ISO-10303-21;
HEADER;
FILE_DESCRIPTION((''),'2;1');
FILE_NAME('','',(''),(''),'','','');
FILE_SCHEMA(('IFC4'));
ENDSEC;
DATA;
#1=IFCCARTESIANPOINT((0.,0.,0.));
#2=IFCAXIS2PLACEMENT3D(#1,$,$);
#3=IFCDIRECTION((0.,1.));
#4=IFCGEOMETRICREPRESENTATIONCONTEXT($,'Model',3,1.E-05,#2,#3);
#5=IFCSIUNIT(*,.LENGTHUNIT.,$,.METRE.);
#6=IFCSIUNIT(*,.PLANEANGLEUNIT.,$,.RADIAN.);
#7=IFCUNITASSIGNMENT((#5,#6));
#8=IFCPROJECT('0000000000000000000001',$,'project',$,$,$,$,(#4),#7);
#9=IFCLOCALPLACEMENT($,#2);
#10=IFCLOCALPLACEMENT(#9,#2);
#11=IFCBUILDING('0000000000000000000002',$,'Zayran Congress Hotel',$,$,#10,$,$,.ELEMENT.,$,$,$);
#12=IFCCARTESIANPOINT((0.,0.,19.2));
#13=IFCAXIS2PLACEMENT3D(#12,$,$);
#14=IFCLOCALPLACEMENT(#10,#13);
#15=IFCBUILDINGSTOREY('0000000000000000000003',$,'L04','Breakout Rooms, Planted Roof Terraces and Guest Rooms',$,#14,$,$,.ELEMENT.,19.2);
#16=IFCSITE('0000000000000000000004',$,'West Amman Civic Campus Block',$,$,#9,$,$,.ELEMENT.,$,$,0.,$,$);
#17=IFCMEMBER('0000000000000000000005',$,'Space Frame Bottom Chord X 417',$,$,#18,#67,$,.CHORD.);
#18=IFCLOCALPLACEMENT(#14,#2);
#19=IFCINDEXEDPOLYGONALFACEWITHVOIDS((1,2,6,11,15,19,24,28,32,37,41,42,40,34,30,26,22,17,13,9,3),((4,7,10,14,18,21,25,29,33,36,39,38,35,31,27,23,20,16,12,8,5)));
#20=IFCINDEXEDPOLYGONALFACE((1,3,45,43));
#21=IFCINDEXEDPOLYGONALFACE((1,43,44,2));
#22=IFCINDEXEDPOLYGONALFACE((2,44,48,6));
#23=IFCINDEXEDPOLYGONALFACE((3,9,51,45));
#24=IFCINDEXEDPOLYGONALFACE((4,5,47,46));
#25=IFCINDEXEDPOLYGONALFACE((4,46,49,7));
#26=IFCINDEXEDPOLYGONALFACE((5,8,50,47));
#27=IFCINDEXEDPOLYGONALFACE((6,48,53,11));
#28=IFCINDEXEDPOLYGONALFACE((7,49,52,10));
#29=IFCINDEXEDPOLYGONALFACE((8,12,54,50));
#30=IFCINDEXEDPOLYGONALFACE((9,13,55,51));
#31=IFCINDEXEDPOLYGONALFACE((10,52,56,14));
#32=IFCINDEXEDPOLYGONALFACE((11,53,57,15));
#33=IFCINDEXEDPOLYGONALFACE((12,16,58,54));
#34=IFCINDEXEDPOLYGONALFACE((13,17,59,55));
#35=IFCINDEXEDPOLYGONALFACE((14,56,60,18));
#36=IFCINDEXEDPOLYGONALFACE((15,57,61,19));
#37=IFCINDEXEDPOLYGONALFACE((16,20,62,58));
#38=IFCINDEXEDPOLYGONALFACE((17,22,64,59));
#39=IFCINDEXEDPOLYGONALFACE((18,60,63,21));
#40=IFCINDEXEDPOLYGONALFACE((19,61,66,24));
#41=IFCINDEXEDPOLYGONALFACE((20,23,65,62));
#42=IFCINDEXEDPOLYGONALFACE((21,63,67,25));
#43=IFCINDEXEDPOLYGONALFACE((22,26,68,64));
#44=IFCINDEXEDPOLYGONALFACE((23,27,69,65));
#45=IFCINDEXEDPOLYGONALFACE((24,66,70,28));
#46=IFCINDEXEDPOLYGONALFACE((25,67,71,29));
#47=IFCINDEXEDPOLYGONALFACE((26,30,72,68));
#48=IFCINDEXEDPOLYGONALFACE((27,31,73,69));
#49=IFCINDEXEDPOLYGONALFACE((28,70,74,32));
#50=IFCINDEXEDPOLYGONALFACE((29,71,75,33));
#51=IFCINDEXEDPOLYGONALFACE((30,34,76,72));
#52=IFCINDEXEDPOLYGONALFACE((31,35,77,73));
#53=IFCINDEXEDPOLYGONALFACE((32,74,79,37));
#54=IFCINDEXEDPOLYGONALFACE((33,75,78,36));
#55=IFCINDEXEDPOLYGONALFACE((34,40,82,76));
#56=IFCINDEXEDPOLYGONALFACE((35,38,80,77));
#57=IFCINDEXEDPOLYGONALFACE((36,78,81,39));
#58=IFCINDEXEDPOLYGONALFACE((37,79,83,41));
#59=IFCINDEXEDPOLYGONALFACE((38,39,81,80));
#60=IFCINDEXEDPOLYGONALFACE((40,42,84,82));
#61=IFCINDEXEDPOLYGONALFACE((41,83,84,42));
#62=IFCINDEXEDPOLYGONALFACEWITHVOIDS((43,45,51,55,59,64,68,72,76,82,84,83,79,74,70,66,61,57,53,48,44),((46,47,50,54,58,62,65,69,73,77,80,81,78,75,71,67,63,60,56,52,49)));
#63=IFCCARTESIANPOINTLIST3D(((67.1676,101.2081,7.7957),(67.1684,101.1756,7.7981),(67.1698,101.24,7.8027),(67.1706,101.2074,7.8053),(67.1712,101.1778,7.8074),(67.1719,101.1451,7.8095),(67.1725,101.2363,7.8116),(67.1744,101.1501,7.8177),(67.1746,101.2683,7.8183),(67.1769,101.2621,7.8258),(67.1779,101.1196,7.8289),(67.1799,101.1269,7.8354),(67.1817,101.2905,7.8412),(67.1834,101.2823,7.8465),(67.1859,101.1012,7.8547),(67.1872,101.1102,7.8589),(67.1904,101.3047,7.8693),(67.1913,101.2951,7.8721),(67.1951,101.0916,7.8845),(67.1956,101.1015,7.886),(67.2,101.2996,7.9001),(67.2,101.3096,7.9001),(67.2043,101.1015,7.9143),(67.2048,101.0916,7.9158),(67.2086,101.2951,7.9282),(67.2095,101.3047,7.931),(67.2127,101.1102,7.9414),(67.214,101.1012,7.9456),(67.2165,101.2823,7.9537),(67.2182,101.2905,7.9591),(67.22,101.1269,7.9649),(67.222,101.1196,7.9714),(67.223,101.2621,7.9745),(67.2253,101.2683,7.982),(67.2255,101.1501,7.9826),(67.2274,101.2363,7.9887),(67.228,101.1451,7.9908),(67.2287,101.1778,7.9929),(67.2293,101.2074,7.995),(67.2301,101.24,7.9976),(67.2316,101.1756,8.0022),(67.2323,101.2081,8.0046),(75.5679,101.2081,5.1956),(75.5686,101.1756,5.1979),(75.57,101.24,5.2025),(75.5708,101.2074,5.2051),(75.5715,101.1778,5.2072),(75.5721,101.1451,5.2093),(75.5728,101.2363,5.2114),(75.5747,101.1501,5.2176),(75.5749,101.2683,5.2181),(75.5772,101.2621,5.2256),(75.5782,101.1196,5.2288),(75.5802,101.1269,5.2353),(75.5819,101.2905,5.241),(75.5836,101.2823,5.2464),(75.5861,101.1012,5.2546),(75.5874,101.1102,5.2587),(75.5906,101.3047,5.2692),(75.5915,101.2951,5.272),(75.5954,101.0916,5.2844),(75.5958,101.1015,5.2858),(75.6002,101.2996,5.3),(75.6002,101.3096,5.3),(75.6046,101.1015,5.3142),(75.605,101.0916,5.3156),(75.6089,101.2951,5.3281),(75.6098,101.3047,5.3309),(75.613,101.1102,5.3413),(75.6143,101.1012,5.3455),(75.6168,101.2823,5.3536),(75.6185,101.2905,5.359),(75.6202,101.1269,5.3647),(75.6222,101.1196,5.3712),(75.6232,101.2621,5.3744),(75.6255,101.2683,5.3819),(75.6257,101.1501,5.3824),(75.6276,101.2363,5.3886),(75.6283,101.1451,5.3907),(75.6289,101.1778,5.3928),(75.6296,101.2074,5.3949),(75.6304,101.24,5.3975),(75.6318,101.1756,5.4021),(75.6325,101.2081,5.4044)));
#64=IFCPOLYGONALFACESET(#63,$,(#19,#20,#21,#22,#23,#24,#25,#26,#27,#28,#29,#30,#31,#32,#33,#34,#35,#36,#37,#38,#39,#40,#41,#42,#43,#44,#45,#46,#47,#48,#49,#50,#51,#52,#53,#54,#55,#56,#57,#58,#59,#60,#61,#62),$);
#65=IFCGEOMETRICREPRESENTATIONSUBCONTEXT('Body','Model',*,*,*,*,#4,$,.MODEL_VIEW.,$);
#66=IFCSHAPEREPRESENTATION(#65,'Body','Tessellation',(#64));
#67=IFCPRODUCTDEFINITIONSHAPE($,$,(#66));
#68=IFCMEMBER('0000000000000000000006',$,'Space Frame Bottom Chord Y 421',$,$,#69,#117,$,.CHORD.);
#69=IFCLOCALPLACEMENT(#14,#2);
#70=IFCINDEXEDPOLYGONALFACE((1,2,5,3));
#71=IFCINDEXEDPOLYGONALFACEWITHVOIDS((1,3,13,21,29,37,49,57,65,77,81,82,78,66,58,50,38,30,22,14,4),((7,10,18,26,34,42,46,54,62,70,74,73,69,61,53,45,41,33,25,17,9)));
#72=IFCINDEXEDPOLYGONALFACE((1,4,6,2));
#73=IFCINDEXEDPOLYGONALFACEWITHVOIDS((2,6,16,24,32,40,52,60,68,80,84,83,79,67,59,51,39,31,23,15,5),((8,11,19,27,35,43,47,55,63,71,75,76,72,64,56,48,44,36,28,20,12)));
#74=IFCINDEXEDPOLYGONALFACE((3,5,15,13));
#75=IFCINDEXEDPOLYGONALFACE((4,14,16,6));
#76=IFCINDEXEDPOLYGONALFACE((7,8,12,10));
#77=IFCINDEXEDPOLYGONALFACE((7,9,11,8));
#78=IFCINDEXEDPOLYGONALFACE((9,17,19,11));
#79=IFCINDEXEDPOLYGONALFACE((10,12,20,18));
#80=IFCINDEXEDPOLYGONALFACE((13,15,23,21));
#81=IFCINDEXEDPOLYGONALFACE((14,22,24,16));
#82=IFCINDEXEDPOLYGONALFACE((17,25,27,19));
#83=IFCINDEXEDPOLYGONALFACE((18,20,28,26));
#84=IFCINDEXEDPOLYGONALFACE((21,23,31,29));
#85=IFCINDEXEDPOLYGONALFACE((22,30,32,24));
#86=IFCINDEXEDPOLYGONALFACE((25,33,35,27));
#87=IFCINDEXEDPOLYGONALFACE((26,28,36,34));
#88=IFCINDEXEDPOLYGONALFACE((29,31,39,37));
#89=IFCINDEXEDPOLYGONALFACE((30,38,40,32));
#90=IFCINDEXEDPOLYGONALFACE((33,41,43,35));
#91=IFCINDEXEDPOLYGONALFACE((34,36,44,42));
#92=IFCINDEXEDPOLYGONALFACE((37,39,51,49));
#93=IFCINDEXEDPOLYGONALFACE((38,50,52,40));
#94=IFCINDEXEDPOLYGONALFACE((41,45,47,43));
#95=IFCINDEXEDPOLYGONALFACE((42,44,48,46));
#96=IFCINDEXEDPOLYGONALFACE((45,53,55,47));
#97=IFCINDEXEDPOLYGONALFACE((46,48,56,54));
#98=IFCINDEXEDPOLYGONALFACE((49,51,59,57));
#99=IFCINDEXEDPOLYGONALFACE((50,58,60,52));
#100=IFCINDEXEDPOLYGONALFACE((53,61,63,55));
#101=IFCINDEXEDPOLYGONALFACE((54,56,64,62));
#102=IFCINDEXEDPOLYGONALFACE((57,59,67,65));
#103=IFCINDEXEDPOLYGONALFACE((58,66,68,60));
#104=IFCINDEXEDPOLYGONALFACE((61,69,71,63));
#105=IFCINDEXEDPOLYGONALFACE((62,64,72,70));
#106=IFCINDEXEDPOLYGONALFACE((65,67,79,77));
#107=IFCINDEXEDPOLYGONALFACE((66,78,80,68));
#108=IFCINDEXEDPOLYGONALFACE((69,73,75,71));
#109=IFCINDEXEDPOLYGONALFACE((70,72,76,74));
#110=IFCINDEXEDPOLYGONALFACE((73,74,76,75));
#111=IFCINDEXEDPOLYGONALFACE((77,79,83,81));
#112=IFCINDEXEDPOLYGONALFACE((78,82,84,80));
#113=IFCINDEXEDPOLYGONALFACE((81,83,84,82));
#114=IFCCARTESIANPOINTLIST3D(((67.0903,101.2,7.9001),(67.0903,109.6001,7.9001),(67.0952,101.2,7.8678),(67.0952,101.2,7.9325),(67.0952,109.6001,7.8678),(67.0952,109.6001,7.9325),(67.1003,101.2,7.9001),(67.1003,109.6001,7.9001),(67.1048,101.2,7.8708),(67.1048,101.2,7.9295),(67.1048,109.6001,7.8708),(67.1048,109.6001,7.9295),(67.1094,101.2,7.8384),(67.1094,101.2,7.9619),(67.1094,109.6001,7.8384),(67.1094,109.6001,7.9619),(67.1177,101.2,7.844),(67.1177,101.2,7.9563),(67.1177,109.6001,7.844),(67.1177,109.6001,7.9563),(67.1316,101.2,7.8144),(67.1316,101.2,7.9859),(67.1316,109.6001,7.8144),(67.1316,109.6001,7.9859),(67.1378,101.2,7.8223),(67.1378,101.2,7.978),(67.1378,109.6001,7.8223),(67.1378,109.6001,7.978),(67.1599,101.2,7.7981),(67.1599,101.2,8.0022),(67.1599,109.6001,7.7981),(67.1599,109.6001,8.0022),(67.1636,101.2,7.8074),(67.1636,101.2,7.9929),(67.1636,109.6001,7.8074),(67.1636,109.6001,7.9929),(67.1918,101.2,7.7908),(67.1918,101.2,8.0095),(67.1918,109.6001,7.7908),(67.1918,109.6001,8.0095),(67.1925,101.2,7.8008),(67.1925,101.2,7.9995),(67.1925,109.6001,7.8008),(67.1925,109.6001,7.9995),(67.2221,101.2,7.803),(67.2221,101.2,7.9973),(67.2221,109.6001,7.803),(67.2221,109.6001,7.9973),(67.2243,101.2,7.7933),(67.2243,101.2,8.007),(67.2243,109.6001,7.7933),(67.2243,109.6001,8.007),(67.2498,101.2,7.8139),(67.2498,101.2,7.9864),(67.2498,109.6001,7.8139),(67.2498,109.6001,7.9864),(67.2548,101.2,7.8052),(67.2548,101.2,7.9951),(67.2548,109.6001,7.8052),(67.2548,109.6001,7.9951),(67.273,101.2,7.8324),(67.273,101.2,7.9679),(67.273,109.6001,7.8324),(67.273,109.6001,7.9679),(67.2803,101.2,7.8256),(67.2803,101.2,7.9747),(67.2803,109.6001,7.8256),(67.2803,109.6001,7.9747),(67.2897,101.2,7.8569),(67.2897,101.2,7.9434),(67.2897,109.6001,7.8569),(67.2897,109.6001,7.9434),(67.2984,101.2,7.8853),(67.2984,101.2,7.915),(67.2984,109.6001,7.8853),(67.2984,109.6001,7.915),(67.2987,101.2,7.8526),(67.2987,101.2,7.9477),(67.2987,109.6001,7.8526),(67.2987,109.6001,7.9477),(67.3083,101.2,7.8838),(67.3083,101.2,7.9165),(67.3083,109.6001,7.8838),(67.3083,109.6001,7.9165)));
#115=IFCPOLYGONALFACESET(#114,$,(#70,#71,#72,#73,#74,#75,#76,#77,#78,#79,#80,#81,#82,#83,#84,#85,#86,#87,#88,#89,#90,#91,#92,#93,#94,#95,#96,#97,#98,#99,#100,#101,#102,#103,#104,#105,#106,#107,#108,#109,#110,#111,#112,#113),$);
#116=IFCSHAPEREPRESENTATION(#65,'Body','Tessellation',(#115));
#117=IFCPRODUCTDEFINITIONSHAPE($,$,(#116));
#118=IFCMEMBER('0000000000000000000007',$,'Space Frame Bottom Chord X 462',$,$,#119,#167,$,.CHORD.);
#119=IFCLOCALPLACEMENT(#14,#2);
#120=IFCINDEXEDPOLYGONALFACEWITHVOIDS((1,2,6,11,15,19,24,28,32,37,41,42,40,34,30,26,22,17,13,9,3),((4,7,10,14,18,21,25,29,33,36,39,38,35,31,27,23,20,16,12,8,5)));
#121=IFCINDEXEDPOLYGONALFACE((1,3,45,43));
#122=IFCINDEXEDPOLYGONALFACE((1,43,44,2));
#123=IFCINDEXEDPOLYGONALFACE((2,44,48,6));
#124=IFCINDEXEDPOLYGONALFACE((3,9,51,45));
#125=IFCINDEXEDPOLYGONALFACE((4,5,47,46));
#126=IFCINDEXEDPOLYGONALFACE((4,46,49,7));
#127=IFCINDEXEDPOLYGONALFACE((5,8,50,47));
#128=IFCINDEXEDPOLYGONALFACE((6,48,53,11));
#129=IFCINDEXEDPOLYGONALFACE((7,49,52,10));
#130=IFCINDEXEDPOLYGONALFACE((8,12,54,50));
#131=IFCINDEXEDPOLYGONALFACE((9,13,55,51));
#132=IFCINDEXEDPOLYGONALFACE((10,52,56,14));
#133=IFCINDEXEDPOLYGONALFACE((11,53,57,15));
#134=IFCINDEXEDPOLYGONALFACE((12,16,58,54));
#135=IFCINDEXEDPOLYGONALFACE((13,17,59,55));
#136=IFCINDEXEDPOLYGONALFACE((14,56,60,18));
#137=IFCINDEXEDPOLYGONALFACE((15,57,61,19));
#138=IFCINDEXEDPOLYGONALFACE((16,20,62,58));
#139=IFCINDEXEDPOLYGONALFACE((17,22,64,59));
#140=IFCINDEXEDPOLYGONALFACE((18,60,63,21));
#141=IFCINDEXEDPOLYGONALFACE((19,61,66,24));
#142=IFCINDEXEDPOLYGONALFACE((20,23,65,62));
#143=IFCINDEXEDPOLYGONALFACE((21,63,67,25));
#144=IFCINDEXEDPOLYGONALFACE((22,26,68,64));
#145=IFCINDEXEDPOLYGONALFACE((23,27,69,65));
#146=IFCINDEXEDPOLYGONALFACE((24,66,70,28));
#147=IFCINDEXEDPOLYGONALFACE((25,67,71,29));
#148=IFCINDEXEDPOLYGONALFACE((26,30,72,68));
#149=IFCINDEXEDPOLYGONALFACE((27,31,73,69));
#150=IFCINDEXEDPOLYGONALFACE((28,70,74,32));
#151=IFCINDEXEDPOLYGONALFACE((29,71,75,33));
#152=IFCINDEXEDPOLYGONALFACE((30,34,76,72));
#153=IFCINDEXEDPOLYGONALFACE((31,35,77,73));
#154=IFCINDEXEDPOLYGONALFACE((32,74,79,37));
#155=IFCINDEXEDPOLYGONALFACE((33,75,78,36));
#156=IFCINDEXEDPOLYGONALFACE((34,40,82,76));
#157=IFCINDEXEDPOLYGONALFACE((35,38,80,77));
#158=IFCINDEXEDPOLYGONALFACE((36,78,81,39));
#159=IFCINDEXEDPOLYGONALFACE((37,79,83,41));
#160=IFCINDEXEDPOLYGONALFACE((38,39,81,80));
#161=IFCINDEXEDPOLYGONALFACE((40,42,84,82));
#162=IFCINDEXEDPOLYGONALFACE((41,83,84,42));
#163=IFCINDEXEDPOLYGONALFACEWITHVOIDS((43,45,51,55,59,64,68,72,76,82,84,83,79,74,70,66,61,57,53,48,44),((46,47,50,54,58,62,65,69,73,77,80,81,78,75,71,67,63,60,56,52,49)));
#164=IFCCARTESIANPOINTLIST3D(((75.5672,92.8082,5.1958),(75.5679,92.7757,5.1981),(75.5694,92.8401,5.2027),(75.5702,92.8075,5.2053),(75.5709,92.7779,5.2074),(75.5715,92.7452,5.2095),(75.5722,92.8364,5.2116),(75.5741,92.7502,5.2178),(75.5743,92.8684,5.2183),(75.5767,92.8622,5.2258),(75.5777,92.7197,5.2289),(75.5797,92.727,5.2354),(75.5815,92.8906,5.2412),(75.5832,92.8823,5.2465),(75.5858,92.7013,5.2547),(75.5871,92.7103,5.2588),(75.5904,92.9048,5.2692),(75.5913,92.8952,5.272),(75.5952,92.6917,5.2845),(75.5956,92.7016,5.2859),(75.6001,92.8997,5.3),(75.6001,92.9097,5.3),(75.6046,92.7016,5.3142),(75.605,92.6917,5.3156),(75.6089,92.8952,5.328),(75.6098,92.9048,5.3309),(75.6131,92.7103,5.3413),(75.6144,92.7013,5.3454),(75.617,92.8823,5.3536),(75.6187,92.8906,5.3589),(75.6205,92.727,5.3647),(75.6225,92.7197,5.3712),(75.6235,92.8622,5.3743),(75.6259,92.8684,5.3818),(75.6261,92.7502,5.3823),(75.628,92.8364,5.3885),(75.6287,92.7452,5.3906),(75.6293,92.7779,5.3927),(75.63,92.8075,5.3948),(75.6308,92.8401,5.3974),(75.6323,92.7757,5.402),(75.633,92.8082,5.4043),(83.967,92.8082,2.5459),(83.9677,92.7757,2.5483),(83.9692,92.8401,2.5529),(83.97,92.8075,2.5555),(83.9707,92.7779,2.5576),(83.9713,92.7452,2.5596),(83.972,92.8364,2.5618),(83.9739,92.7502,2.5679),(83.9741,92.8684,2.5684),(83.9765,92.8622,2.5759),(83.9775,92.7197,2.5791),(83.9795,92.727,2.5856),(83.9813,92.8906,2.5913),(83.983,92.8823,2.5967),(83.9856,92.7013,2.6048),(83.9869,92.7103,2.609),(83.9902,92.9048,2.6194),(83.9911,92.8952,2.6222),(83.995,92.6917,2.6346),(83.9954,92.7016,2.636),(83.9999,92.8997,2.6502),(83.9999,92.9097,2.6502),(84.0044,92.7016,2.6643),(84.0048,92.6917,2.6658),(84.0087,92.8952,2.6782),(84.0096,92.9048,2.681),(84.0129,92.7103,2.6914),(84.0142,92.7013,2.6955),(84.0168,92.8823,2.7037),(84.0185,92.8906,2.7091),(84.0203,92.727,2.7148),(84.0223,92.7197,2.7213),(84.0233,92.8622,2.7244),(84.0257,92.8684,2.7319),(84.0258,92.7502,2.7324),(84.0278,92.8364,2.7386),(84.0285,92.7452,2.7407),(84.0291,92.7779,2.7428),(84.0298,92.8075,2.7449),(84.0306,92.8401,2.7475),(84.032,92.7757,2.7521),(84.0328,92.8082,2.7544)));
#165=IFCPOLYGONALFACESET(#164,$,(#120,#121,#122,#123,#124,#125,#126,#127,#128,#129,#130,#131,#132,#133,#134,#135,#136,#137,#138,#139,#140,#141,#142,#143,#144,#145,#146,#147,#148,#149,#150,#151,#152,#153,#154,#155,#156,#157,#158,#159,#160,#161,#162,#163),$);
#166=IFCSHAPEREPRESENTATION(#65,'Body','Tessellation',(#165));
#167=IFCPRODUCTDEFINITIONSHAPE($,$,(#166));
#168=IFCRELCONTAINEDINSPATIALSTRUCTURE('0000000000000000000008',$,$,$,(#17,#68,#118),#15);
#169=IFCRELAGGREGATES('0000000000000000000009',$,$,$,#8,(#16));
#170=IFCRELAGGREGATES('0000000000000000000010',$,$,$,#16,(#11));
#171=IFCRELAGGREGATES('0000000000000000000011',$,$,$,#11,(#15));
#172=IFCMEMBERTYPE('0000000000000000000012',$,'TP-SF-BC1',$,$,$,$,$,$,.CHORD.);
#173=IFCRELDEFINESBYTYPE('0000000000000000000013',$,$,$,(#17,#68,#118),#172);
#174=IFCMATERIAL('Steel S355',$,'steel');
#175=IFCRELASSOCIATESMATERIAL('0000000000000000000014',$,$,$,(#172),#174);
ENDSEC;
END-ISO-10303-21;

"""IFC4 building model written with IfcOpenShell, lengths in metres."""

from ifc_helpers import new_model, si_unit, direction, frame, origin, origin_2d, place, context, subcontext, project, spatial, hollow_circle, extrude, material, material_profile, profile_set, type_object, element, save


model = new_model("IFC4")

# Units and contexts
model_context = context("Model", 3, precision=1e-05, world=origin(), true_north=direction((0.0, 1.0)))
body_context = subcontext(model_context, "Body", "Model", "MODEL_VIEW")
ifc_project = project(units=[si_unit("LENGTHUNIT", "METRE"), si_unit("PLANEANGLEUNIT", "RADIAN")], contexts=[model_context])

# Site, building, storey
site_placement = place(None, origin())
site = spatial("IfcSite", under=ifc_project, at=site_placement, Name="West Amman Civic Campus Block", CompositionType="ELEMENT", RefElevation=0.0)
building_placement = place(site_placement, origin())
building = spatial("IfcBuilding", under=site, at=building_placement, Name="Zayran Congress Hotel", CompositionType="ELEMENT")
storey_placement = place(building_placement, frame((0.0, 0.0, 19.2)))
storey = spatial("IfcBuildingStorey", under=building, at=storey_placement, Name="L04", Description="Breakout Rooms, Planted Roof Terraces and Guest Rooms", CompositionType="ELEMENT", Elevation=19.2)

# Members
ifc_material_1 = material(Name="Steel S355", Category="steel")
ifc_material_profile_1 = material_profile(ifc_material_1, hollow_circle(Radius=0.1096, WallThickness=0.01, at=origin_2d()), Name="CHS 219.1x10")
ifc_profile_set_1 = profile_set([ifc_material_profile_1], Name="Steel S355")
member_type_1 = type_object("IfcMemberType", Name="TP-SF-BC1", PredefinedType="CHORD", material=ifc_profile_set_1)
member_1_placement = place(storey_placement, frame((67.2, 101.2, 7.9001), z_axis=(0.955284, 0.0, -0.295689), x_axis=(0.0, 1.0, 0.0)))
element("IfcMember", 1, at=member_1_placement, inside=storey, type_object=member_type_1, Name="Space Frame Bottom Chord X 417", PredefinedType="CHORD", context=body_context, shape_type="SweptSolid", body=[
    extrude(hollow_circle(Radius=0.1096, WallThickness=0.01, at=origin_2d()), origin(), (0.0, 0.0, 1.0), 8.7935),
])
member_2_placement = place(storey_placement, frame((67.2, 101.2, 7.9001), z_axis=(0.0, 1.0, 0.0), x_axis=(-1.0, 0.0, 0.0)))
element("IfcMember", 2, at=member_2_placement, inside=storey, type_object=member_type_1, Name="Space Frame Bottom Chord Y 421", PredefinedType="CHORD", context=body_context, shape_type="SweptSolid", body=[
    extrude(hollow_circle(Radius=0.1096, WallThickness=0.01, at=origin_2d()), origin(), (0.0, 0.0, 1.0), 8.4001),
])
member_3_placement = place(storey_placement, frame((75.6001, 92.8, 5.3), z_axis=(0.953671, 0.0, -0.300853), x_axis=(0.0, 1.0, 0.0)))
element("IfcMember", 3, at=member_3_placement, inside=storey, type_object=member_type_1, Name="Space Frame Bottom Chord X 462", PredefinedType="CHORD", context=body_context, shape_type="SweptSolid", body=[
    extrude(hollow_circle(Radius=0.1096, WallThickness=0.01, at=origin_2d()), origin(), (0.0, 0.0, 1.0), 8.8079),
])

save(model, "model.ifc")
